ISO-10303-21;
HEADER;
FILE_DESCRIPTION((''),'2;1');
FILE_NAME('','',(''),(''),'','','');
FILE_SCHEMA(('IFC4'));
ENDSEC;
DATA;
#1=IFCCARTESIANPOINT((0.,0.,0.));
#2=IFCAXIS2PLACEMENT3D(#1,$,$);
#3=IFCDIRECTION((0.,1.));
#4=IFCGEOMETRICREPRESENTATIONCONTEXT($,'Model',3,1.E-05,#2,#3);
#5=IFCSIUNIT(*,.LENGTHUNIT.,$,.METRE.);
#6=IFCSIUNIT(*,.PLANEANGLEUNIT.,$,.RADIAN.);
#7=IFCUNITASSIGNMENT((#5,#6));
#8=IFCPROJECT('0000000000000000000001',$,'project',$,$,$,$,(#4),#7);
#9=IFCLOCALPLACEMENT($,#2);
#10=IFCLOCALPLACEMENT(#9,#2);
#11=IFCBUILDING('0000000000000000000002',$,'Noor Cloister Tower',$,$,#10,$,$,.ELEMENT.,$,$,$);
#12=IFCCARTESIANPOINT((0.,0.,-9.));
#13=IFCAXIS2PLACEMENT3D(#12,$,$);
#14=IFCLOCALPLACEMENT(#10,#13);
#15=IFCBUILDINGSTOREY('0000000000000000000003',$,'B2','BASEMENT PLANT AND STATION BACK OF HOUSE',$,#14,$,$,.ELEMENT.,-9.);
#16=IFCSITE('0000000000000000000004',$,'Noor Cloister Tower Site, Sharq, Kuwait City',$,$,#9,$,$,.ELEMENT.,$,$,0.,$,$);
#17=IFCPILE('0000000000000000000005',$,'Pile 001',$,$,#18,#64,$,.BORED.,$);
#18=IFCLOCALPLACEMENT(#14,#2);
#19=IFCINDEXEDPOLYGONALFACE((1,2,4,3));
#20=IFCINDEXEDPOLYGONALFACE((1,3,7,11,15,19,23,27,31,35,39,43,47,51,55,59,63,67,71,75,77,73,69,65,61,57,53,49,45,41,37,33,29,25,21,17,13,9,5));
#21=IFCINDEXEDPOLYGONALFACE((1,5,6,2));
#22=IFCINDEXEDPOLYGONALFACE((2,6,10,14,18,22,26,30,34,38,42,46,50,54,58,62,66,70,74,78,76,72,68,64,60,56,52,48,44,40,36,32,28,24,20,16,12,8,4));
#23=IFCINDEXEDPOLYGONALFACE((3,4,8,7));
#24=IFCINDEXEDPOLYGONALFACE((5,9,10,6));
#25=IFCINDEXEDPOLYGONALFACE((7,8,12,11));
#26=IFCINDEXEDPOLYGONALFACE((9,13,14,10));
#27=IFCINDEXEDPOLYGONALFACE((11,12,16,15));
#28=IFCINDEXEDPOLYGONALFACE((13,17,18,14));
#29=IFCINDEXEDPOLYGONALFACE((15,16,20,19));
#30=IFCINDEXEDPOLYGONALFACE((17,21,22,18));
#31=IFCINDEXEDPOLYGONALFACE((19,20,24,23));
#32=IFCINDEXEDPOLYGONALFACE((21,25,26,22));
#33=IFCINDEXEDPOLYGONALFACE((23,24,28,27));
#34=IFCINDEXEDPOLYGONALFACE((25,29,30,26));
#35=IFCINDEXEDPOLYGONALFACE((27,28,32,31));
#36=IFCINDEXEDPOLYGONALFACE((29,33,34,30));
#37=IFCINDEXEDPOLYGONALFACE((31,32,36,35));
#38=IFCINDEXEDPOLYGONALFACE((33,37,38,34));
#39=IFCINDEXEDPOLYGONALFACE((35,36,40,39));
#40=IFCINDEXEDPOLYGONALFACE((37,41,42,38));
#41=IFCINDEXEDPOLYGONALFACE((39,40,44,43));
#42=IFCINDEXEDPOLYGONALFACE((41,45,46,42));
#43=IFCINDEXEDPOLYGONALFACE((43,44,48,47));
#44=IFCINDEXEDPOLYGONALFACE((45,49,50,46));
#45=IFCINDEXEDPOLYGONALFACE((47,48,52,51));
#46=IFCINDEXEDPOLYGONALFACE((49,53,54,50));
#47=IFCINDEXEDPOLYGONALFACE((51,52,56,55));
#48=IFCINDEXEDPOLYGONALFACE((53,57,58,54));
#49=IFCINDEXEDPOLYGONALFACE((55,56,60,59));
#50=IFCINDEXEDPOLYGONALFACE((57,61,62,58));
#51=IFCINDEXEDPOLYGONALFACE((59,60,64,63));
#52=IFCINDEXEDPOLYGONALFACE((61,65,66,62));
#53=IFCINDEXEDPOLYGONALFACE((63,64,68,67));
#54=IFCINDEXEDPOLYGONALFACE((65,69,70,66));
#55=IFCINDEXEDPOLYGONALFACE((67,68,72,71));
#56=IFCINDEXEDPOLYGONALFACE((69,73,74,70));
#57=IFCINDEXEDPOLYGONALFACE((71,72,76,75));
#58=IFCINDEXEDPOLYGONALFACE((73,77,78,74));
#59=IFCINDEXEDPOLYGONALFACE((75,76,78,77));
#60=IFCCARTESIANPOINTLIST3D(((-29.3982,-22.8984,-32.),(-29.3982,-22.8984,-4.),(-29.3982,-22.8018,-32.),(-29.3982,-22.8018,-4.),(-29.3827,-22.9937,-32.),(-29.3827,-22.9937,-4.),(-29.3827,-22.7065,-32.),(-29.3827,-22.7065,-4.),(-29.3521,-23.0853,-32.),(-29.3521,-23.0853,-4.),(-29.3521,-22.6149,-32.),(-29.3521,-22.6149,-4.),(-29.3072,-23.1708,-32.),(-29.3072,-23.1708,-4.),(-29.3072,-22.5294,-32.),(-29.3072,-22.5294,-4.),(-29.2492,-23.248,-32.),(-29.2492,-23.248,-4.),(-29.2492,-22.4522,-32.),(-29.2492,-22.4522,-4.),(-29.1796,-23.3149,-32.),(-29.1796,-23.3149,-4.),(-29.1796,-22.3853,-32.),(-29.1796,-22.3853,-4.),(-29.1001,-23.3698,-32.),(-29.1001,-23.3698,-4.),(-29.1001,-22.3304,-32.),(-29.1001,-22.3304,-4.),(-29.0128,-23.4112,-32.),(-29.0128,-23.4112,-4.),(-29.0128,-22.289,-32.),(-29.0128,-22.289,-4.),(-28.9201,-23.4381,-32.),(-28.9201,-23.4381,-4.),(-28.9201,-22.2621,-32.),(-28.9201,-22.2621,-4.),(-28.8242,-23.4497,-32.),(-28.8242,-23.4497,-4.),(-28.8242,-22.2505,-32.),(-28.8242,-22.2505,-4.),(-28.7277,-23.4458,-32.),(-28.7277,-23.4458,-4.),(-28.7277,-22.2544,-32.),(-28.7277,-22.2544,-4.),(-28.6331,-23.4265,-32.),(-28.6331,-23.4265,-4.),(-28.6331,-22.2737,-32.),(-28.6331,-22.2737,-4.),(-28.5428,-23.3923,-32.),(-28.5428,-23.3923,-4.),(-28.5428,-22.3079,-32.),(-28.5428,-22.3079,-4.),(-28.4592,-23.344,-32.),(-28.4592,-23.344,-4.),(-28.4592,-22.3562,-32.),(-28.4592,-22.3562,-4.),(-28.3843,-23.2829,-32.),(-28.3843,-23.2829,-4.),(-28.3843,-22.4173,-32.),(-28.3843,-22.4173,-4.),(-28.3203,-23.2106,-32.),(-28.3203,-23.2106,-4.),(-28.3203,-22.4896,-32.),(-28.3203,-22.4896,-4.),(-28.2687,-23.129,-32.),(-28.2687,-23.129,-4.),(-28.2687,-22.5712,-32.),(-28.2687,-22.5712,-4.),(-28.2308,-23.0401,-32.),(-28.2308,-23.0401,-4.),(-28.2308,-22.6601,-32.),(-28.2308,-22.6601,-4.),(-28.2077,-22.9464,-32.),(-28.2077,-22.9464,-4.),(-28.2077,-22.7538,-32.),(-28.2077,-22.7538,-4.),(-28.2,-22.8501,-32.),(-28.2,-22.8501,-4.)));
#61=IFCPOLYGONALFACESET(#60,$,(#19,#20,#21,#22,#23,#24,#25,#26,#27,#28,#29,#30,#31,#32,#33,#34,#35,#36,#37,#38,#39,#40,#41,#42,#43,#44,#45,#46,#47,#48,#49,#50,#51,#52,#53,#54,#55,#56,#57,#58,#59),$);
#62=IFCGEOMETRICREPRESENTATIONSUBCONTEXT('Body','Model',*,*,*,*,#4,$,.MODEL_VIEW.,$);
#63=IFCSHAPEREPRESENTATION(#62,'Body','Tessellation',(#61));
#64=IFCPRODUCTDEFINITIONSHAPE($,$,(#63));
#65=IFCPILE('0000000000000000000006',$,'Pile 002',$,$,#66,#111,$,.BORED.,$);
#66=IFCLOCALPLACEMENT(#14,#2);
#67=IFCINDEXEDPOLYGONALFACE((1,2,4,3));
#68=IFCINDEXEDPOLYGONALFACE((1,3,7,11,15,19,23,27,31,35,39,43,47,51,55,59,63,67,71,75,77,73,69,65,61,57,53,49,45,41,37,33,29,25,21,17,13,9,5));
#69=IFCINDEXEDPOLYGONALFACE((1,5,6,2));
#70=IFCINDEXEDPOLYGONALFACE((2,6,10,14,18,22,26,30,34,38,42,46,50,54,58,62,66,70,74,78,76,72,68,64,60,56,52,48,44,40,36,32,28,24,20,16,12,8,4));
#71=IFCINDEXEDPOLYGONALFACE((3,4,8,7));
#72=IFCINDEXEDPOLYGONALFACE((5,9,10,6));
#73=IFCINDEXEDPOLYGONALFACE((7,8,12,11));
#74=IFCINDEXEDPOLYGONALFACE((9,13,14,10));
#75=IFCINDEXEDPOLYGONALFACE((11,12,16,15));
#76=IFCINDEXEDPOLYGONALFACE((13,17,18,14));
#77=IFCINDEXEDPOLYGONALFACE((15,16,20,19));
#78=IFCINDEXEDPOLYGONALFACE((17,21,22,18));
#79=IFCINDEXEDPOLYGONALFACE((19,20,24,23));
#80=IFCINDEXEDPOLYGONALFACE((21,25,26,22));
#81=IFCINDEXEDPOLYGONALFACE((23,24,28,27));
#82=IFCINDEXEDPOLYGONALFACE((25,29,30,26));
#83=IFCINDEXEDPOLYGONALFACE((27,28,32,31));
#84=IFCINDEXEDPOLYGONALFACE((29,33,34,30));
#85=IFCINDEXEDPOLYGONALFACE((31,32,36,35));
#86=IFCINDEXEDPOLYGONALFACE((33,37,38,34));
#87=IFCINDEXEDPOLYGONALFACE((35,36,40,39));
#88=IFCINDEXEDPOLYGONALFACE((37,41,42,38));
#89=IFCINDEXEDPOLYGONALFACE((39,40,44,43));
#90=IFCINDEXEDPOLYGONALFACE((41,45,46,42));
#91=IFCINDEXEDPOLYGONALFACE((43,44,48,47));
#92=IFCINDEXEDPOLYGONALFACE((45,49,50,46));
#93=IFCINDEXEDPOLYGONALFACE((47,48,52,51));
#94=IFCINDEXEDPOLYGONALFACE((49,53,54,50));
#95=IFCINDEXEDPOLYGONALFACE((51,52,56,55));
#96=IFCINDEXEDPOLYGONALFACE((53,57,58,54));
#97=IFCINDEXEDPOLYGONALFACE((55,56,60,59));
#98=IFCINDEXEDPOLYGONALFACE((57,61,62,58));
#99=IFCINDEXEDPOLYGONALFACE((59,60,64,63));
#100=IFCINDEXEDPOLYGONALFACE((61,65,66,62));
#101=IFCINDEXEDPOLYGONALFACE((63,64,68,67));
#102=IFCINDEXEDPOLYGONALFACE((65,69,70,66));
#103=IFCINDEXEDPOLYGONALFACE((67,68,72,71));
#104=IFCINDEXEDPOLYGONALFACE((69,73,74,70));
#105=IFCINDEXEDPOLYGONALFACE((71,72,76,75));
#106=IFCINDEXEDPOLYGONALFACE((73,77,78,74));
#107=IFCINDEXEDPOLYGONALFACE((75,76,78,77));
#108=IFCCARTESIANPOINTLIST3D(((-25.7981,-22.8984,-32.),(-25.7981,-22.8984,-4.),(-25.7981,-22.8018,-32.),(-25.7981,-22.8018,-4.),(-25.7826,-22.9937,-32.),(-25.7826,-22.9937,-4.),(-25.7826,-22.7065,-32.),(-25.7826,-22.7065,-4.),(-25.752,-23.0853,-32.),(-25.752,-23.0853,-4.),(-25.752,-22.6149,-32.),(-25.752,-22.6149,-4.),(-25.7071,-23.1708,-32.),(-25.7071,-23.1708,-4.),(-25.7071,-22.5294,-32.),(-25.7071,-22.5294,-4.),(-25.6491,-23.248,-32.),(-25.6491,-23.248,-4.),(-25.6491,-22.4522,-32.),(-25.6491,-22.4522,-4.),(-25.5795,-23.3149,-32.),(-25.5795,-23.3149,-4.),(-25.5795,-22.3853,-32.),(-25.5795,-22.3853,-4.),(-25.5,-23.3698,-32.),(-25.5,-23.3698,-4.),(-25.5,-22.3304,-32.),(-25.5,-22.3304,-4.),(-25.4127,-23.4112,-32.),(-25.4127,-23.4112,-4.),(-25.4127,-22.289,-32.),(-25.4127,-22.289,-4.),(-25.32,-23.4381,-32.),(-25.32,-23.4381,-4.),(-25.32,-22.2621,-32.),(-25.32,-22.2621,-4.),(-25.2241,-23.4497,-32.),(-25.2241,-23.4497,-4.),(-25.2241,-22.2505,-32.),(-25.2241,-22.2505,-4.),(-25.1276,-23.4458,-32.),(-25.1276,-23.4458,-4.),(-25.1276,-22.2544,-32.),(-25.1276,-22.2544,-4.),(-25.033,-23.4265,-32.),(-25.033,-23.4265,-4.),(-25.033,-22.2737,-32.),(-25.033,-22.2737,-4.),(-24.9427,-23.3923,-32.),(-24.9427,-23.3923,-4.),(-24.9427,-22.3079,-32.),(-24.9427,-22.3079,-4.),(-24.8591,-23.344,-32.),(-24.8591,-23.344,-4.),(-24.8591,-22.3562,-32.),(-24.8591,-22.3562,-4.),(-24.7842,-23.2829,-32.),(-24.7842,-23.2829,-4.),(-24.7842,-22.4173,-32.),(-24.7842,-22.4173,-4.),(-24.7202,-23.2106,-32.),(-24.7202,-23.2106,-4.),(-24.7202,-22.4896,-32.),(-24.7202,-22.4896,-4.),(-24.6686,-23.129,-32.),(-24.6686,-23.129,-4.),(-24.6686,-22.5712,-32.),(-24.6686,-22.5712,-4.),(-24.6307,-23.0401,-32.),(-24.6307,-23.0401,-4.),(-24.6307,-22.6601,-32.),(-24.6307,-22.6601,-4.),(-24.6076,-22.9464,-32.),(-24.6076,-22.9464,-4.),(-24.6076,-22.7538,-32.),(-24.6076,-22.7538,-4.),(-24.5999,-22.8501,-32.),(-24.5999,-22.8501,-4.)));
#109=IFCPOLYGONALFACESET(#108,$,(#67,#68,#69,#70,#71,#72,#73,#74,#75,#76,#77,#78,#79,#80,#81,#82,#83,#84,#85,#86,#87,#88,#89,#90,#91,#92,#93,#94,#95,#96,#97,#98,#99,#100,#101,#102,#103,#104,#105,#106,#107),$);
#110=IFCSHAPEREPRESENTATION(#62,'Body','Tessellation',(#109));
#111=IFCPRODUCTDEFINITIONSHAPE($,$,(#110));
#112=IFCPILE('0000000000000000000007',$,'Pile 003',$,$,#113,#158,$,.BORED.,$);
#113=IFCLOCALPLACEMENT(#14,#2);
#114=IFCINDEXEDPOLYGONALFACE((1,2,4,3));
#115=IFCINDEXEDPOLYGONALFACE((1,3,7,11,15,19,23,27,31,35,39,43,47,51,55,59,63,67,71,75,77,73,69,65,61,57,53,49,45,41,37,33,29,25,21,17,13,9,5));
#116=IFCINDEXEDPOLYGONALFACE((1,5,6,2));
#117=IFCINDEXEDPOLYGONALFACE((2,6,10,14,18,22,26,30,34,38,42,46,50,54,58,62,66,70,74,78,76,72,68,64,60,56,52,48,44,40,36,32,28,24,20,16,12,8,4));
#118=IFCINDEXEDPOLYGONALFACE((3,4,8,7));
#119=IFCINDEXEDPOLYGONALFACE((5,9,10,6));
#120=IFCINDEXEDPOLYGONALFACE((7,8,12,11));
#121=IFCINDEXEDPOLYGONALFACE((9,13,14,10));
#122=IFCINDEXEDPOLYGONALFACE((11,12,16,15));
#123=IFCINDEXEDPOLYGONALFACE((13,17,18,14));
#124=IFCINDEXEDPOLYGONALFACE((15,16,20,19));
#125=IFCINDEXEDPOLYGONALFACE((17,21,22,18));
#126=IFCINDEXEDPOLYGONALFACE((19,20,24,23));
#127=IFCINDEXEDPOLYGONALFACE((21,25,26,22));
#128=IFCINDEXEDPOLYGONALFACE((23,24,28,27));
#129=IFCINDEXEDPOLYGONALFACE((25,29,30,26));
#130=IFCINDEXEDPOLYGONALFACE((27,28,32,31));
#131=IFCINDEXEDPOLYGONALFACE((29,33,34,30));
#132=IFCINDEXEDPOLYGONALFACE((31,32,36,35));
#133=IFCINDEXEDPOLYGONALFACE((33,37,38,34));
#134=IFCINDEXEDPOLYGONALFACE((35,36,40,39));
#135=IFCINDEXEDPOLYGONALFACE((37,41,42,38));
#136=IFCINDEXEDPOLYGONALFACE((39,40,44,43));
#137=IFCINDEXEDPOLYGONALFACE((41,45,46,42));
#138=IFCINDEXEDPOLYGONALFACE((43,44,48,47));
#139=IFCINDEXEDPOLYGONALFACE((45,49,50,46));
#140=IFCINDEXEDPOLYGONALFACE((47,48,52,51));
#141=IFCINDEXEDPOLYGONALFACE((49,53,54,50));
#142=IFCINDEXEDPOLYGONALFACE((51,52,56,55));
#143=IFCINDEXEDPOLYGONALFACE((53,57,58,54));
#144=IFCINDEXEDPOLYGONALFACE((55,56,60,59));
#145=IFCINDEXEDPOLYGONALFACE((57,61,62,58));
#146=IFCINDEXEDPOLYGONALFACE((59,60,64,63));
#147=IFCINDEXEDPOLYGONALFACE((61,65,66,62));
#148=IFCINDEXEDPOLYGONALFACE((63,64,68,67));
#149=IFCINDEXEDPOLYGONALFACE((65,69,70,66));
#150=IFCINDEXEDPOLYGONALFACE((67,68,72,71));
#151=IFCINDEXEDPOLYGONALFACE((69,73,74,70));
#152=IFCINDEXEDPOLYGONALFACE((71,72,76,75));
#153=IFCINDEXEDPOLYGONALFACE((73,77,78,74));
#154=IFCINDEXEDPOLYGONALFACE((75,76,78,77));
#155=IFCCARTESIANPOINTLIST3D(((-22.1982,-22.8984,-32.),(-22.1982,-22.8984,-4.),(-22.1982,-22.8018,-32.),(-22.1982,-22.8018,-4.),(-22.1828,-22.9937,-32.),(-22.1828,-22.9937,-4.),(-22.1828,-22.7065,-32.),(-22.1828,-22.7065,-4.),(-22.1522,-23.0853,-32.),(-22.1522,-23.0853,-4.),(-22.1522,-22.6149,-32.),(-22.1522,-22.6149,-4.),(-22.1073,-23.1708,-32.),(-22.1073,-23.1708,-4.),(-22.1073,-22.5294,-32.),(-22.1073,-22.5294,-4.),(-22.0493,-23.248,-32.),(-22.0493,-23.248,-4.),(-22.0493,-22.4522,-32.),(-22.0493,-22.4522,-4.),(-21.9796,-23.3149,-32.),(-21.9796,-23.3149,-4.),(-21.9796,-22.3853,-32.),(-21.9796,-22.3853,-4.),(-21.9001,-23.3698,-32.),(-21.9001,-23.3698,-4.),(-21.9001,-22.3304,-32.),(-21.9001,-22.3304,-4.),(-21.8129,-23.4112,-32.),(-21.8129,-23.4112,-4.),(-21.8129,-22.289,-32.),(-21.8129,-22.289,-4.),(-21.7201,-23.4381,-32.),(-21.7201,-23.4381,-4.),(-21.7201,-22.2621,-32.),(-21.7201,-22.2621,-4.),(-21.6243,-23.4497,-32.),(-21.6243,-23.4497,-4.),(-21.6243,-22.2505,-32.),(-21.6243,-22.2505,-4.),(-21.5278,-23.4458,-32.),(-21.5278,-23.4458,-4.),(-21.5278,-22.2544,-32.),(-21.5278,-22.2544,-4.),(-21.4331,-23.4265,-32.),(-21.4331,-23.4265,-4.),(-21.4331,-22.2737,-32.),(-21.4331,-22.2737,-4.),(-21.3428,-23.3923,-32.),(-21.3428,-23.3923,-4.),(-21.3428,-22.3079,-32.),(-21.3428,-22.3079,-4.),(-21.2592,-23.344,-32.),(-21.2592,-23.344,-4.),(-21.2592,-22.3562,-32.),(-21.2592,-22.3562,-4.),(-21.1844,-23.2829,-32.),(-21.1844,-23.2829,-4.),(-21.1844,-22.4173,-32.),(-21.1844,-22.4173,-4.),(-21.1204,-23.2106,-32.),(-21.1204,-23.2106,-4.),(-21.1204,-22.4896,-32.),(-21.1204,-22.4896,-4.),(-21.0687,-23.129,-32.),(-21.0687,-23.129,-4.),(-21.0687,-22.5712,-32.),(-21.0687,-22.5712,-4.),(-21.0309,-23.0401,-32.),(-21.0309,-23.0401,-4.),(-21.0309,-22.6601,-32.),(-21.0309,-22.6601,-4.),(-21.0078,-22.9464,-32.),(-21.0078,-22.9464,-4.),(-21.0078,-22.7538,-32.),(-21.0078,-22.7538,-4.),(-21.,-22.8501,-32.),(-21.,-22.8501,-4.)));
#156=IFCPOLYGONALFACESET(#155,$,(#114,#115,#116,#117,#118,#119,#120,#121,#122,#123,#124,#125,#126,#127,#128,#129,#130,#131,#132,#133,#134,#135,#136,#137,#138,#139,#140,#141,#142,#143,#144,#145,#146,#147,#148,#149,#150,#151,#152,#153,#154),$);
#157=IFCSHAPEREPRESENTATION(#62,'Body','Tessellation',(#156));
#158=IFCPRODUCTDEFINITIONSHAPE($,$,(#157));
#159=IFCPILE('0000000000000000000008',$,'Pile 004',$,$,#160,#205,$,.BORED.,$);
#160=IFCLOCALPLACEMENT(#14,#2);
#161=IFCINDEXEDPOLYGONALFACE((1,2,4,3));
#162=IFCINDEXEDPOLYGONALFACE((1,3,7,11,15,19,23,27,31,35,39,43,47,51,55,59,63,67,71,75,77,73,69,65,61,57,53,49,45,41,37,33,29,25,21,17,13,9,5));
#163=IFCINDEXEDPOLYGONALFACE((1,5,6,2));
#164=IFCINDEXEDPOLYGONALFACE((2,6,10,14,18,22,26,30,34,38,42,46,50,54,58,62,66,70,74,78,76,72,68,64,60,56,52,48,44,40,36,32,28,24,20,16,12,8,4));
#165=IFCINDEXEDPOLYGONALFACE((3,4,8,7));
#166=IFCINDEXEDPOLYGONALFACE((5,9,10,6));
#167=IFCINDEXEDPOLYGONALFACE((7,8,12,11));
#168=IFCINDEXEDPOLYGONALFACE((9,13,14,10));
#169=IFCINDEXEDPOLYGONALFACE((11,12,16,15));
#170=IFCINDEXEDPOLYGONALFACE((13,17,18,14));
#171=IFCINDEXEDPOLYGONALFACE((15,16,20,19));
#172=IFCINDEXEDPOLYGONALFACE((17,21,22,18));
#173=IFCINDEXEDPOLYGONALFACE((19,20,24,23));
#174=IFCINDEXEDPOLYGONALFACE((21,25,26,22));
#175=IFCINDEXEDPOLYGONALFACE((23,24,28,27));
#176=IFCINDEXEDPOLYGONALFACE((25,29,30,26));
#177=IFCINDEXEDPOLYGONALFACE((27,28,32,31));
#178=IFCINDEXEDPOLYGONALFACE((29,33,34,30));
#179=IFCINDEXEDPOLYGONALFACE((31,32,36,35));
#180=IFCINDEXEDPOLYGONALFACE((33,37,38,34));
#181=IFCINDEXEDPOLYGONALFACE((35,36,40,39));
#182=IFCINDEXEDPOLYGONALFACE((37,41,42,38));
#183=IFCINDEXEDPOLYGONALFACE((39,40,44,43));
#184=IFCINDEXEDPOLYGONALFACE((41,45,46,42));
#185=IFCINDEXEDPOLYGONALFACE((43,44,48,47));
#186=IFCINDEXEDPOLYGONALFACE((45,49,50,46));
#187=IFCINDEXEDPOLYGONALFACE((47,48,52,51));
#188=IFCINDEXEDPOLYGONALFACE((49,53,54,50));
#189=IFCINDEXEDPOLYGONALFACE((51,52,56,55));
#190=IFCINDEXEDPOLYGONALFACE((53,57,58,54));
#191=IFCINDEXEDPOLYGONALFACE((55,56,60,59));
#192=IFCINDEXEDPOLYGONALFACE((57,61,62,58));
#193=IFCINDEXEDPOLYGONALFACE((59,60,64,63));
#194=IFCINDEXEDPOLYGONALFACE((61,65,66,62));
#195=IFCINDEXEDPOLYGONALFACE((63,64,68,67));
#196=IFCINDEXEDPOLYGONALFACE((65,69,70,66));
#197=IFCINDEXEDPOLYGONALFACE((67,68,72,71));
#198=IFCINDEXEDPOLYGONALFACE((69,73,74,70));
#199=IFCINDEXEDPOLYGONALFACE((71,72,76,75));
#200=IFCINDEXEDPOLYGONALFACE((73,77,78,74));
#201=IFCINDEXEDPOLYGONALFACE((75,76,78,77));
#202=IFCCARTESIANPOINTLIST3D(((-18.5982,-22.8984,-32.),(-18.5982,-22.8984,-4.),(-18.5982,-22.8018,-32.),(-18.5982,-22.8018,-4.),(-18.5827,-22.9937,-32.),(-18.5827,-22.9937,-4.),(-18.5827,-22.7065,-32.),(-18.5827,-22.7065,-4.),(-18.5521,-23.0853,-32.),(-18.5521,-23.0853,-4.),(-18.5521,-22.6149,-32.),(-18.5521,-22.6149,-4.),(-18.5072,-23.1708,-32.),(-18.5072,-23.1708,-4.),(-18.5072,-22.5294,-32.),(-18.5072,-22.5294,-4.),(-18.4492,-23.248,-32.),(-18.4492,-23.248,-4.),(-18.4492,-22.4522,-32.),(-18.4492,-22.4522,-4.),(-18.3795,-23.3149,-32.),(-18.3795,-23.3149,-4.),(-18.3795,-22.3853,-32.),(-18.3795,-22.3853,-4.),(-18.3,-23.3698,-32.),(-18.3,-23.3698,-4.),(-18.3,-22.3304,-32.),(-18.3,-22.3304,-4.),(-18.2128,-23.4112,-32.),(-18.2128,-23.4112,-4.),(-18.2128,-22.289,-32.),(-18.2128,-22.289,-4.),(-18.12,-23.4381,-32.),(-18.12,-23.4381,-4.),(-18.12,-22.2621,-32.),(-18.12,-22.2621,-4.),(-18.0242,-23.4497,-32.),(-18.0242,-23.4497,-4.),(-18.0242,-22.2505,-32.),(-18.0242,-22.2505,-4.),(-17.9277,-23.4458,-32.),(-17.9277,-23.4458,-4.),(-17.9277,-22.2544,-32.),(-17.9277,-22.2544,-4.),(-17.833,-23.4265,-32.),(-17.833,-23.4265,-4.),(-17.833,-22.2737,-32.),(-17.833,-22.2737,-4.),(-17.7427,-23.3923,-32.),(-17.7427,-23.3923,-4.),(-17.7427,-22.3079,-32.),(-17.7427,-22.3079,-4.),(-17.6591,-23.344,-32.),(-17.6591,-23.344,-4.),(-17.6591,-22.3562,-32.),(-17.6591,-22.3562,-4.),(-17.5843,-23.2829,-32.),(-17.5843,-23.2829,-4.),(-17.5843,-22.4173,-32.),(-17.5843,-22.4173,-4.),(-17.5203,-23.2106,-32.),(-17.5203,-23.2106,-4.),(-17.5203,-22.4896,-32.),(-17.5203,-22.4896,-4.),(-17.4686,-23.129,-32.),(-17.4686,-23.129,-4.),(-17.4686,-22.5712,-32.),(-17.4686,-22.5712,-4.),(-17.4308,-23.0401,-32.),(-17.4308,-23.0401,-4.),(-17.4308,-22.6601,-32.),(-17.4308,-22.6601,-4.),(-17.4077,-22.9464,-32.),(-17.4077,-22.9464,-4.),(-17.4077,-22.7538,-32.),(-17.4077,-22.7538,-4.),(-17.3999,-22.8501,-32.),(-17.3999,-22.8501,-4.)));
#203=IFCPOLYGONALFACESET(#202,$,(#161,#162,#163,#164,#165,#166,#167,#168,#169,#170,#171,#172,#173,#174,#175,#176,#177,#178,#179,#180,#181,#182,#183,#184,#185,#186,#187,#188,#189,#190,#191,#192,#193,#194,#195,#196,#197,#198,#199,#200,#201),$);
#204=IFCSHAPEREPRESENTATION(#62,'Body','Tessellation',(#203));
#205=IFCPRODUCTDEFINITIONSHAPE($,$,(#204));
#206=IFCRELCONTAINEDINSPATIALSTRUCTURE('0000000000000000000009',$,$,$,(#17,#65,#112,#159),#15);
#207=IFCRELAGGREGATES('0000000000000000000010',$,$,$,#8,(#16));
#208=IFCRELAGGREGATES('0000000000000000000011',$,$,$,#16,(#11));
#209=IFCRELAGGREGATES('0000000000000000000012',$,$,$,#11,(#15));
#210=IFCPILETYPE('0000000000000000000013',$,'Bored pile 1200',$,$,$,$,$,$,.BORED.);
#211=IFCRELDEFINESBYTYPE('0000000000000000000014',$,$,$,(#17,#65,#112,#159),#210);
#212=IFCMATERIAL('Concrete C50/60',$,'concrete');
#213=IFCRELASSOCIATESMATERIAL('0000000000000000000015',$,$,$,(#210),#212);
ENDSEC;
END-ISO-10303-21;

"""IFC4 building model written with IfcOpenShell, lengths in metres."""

from ifc_helpers import new_model, si_unit, direction, frame, origin, origin_2d, place, context, subcontext, project, spatial, circle, extrude, material, material_profile, profile_set, type_object, element, save


model = new_model("IFC4")

# Units and contexts
model_context = context("Model", 3, precision=1e-05, world=origin(), true_north=direction((0.0, 1.0)))
body_context = subcontext(model_context, "Body", "Model", "MODEL_VIEW")
ifc_project = project(units=[si_unit("LENGTHUNIT", "METRE"), si_unit("PLANEANGLEUNIT", "RADIAN")], contexts=[model_context])

# Site, building, storey
site_placement = place(None, origin())
site = spatial("IfcSite", under=ifc_project, at=site_placement, Name="Noor Cloister Tower Site, Sharq, Kuwait City", CompositionType="ELEMENT", RefElevation=0.0)
building_placement = place(site_placement, origin())
building = spatial("IfcBuilding", under=site, at=building_placement, Name="Noor Cloister Tower", CompositionType="ELEMENT")
storey_placement = place(building_placement, frame((0.0, 0.0, -9.0)))
storey = spatial("IfcBuildingStorey", under=building, at=storey_placement, Name="B2", Description="BASEMENT PLANT AND STATION BACK OF HOUSE", CompositionType="ELEMENT", Elevation=-9.0)

# Piles
ifc_material_1 = material(Name="Concrete C50/60", Category="concrete")
ifc_material_profile_1 = material_profile(ifc_material_1, circle(Radius=0.6001, at=origin_2d()), Name="Bored pile 1200")
ifc_profile_set_1 = profile_set([ifc_material_profile_1], Name="Concrete C50/60")
pile_type = type_object("IfcPileType", Name="Bored pile 1200", PredefinedType="BORED", material=ifc_profile_set_1)
for number, where, z_axis, x_axis, name in (
    (1, (-28.8, -22.8501, -4.0), (0.0, 0.0, -1.0), (1.0, 0.0, 0.0), "Pile 001"),
    (2, (-25.2, -22.8501, -4.0), (0.0, 0.0, -1.0), (1.0, 0.0, 0.0), "Pile 002"),
    (3, (-21.6001, -22.8501, -4.0), (0.0, 0.0, -1.0), (1.0, 0.0, 0.0), "Pile 003"),
    (4, (-18.0, -22.8501, -4.0), (0.0, 0.0, -1.0), (1.0, 0.0, 0.0), "Pile 004"),
):
    element("IfcPile", number, at=place(storey_placement, frame(where, z_axis=z_axis, x_axis=x_axis)), inside=storey, type_object=pile_type, Name=name, PredefinedType="BORED", context=body_context, shape_type="SweptSolid", body=[
        extrude(circle(Radius=0.6001, at=origin_2d()), origin(), (0.0, 0.0, 1.0), 28.0),
    ])

save(model, "model.ifc")
